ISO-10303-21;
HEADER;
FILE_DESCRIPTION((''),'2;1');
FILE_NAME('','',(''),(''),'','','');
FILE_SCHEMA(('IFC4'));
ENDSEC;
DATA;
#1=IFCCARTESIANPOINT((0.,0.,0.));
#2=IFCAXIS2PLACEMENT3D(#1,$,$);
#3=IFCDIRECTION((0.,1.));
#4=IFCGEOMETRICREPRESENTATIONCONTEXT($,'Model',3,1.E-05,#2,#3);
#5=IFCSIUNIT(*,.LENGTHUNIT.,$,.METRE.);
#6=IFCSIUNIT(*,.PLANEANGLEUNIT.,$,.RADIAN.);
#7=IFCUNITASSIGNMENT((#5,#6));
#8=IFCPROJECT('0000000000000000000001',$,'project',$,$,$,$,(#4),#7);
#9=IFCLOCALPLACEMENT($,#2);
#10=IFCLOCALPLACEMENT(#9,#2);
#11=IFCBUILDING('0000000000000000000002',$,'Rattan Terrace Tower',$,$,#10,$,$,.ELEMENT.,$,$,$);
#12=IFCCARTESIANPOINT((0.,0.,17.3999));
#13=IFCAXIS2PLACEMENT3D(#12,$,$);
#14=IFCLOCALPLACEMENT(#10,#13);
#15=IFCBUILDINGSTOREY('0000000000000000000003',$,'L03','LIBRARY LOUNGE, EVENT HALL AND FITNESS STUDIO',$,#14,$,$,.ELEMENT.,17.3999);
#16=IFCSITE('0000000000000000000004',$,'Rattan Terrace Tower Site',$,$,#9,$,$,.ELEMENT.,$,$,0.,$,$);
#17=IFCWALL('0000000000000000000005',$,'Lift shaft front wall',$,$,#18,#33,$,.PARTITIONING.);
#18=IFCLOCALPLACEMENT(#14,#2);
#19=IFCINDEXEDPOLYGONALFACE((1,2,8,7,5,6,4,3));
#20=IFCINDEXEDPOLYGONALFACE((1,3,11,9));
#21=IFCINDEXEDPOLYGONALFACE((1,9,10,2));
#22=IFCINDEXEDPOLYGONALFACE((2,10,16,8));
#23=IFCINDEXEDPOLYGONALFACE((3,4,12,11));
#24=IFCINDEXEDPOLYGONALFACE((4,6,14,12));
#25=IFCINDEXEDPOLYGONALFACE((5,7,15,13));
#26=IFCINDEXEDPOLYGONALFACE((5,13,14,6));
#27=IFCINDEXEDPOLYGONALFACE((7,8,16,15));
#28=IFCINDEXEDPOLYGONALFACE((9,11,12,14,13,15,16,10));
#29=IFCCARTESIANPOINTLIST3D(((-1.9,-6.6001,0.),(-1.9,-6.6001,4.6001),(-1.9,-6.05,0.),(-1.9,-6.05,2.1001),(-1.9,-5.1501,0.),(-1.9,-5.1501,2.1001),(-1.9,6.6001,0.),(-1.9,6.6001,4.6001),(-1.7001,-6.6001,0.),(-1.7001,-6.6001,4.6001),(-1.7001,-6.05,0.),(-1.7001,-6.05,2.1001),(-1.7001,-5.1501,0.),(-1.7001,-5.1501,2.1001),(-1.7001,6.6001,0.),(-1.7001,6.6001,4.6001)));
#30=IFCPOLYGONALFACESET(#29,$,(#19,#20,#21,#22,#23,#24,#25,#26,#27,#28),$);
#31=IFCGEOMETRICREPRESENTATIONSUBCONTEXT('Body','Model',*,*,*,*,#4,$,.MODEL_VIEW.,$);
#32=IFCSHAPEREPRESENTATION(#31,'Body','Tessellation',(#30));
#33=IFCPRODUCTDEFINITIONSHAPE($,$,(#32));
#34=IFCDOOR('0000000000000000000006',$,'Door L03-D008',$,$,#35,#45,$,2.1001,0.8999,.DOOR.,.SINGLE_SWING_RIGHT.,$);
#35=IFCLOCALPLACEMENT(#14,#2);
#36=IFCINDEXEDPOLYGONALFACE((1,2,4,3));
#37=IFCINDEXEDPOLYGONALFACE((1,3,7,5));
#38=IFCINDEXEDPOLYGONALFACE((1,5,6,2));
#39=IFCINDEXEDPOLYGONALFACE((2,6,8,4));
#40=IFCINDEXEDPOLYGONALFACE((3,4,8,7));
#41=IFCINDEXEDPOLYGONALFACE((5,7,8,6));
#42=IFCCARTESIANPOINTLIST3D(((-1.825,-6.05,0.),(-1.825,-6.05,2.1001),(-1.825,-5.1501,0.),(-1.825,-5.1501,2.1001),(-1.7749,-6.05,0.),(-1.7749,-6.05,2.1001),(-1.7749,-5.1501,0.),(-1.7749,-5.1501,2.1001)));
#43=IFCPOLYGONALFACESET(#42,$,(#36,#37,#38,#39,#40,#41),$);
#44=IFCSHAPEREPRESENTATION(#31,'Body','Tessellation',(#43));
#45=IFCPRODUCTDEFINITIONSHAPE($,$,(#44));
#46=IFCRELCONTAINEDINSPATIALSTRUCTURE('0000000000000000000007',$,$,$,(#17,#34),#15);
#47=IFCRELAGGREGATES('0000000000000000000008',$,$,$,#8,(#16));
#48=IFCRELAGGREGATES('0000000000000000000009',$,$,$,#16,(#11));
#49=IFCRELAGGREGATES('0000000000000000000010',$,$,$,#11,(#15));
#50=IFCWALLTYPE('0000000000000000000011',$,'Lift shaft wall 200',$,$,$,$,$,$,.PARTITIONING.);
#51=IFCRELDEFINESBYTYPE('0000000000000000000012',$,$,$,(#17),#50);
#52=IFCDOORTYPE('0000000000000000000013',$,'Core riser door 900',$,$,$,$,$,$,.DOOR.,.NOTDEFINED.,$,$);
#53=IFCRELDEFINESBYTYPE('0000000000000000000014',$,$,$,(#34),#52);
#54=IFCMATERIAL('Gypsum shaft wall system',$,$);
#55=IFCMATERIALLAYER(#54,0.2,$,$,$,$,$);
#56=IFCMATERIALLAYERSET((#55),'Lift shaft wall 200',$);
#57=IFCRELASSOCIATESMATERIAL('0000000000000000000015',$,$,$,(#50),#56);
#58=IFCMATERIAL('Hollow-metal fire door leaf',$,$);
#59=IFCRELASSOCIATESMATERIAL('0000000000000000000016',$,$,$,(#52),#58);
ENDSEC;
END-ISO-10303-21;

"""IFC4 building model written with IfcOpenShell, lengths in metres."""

from ifc_helpers import new_model, si_unit, direction, frame, frame_2d, origin, place, context, subcontext, project, spatial, rectangle, extrude, material, layer, layer_set, type_object, element, fill, save


model = new_model("IFC4")

# Units and contexts
model_context = context("Model", 3, precision=1e-05, world=origin(), true_north=direction((0.0, 1.0)))
body_context = subcontext(model_context, "Body", "Model", "MODEL_VIEW")
ifc_project = project(units=[si_unit("LENGTHUNIT", "METRE"), si_unit("PLANEANGLEUNIT", "RADIAN")], contexts=[model_context])

# Site, building, storey
site_placement = place(None, origin())
site = spatial("IfcSite", under=ifc_project, at=site_placement, Name="Rattan Terrace Tower Site", CompositionType="ELEMENT", RefElevation=0.0)
building_placement = place(site_placement, origin())
building = spatial("IfcBuilding", under=site, at=building_placement, Name="Rattan Terrace Tower", CompositionType="ELEMENT")
storey_placement = place(building_placement, frame((0.0, 0.0, 17.3999)))
storey = spatial("IfcBuildingStorey", under=building, at=storey_placement, Name="L03", Description="LIBRARY LOUNGE, EVENT HALL AND FITNESS STUDIO", CompositionType="ELEMENT", Elevation=17.3999)

# Shared definitions
ifc_material_1 = material(Name="Gypsum shaft wall system")
ifc_layer_1 = layer(ifc_material_1, 0.2)
ifc_layer_set_1 = layer_set([ifc_layer_1], Name="Lift shaft wall 200")
wall_type_1 = type_object("IfcWallType", Name="Lift shaft wall 200", PredefinedType="PARTITIONING", material=ifc_layer_set_1)
ifc_material_2 = material(Name="Hollow-metal fire door leaf")
door_type_1 = type_object("IfcDoorType", Name="Core riser door 900", OperationType="NOTDEFINED", PredefinedType="DOOR", material=ifc_material_2)

# Wall, opening, door
wall_1_placement = place(storey_placement, frame((-1.8, -6.6001, 0.0), z_axis=(0.0, 0.0, 1.0), x_axis=(0.0, 1.0, 0.0)))
wall_1 = element("IfcWall", 1, at=wall_1_placement, inside=storey, type_object=wall_type_1, Name="Lift shaft front wall", PredefinedType="PARTITIONING", context=body_context, shape_type="SweptSolid", body=[
    extrude(rectangle(XDim=13.2002, YDim=0.2, at=frame_2d((6.6001, 0.0))), origin(), (0.0, 0.0, 1.0), 4.6001),
])
opening_1_placement = place(wall_1_placement, frame((0.55, 0.0, 0.0)))
opening_1 = element("IfcOpeningElement", 2, at=opening_1_placement, cuts=wall_1, PredefinedType="OPENING", context=body_context, shape_type="SweptSolid", body=[
    extrude(rectangle(XDim=0.8999, YDim=2.1001, at=frame_2d((0.45, 1.05))), frame((0.0, 0.1106, 0.0), z_axis=(0.0, -1.0, 0.0), x_axis=(1.0, 0.0, 0.0)), (0.0, 0.0, 1.0), 0.2209),
])
door_1_placement = place(opening_1_placement, origin())
door_1 = element("IfcDoor", 3, at=door_1_placement, inside=storey, type_object=door_type_1, Name="Door L03-D008", OperationType="SINGLE_SWING_RIGHT", OverallHeight=2.1001, OverallWidth=0.8999, PredefinedType="DOOR", context=body_context, shape_type="SweptSolid", body=[
    extrude(rectangle(XDim=0.8999, YDim=2.1001, at=frame_2d((0.45, 1.05))), frame((0.0, 0.0249, 0.0), z_axis=(0.0, -1.0, 0.0), x_axis=(1.0, 0.0, 0.0)), (0.0, 0.0, 1.0), 0.05),
])
fill(opening_1, door_1)

save(model, "model.ifc")
